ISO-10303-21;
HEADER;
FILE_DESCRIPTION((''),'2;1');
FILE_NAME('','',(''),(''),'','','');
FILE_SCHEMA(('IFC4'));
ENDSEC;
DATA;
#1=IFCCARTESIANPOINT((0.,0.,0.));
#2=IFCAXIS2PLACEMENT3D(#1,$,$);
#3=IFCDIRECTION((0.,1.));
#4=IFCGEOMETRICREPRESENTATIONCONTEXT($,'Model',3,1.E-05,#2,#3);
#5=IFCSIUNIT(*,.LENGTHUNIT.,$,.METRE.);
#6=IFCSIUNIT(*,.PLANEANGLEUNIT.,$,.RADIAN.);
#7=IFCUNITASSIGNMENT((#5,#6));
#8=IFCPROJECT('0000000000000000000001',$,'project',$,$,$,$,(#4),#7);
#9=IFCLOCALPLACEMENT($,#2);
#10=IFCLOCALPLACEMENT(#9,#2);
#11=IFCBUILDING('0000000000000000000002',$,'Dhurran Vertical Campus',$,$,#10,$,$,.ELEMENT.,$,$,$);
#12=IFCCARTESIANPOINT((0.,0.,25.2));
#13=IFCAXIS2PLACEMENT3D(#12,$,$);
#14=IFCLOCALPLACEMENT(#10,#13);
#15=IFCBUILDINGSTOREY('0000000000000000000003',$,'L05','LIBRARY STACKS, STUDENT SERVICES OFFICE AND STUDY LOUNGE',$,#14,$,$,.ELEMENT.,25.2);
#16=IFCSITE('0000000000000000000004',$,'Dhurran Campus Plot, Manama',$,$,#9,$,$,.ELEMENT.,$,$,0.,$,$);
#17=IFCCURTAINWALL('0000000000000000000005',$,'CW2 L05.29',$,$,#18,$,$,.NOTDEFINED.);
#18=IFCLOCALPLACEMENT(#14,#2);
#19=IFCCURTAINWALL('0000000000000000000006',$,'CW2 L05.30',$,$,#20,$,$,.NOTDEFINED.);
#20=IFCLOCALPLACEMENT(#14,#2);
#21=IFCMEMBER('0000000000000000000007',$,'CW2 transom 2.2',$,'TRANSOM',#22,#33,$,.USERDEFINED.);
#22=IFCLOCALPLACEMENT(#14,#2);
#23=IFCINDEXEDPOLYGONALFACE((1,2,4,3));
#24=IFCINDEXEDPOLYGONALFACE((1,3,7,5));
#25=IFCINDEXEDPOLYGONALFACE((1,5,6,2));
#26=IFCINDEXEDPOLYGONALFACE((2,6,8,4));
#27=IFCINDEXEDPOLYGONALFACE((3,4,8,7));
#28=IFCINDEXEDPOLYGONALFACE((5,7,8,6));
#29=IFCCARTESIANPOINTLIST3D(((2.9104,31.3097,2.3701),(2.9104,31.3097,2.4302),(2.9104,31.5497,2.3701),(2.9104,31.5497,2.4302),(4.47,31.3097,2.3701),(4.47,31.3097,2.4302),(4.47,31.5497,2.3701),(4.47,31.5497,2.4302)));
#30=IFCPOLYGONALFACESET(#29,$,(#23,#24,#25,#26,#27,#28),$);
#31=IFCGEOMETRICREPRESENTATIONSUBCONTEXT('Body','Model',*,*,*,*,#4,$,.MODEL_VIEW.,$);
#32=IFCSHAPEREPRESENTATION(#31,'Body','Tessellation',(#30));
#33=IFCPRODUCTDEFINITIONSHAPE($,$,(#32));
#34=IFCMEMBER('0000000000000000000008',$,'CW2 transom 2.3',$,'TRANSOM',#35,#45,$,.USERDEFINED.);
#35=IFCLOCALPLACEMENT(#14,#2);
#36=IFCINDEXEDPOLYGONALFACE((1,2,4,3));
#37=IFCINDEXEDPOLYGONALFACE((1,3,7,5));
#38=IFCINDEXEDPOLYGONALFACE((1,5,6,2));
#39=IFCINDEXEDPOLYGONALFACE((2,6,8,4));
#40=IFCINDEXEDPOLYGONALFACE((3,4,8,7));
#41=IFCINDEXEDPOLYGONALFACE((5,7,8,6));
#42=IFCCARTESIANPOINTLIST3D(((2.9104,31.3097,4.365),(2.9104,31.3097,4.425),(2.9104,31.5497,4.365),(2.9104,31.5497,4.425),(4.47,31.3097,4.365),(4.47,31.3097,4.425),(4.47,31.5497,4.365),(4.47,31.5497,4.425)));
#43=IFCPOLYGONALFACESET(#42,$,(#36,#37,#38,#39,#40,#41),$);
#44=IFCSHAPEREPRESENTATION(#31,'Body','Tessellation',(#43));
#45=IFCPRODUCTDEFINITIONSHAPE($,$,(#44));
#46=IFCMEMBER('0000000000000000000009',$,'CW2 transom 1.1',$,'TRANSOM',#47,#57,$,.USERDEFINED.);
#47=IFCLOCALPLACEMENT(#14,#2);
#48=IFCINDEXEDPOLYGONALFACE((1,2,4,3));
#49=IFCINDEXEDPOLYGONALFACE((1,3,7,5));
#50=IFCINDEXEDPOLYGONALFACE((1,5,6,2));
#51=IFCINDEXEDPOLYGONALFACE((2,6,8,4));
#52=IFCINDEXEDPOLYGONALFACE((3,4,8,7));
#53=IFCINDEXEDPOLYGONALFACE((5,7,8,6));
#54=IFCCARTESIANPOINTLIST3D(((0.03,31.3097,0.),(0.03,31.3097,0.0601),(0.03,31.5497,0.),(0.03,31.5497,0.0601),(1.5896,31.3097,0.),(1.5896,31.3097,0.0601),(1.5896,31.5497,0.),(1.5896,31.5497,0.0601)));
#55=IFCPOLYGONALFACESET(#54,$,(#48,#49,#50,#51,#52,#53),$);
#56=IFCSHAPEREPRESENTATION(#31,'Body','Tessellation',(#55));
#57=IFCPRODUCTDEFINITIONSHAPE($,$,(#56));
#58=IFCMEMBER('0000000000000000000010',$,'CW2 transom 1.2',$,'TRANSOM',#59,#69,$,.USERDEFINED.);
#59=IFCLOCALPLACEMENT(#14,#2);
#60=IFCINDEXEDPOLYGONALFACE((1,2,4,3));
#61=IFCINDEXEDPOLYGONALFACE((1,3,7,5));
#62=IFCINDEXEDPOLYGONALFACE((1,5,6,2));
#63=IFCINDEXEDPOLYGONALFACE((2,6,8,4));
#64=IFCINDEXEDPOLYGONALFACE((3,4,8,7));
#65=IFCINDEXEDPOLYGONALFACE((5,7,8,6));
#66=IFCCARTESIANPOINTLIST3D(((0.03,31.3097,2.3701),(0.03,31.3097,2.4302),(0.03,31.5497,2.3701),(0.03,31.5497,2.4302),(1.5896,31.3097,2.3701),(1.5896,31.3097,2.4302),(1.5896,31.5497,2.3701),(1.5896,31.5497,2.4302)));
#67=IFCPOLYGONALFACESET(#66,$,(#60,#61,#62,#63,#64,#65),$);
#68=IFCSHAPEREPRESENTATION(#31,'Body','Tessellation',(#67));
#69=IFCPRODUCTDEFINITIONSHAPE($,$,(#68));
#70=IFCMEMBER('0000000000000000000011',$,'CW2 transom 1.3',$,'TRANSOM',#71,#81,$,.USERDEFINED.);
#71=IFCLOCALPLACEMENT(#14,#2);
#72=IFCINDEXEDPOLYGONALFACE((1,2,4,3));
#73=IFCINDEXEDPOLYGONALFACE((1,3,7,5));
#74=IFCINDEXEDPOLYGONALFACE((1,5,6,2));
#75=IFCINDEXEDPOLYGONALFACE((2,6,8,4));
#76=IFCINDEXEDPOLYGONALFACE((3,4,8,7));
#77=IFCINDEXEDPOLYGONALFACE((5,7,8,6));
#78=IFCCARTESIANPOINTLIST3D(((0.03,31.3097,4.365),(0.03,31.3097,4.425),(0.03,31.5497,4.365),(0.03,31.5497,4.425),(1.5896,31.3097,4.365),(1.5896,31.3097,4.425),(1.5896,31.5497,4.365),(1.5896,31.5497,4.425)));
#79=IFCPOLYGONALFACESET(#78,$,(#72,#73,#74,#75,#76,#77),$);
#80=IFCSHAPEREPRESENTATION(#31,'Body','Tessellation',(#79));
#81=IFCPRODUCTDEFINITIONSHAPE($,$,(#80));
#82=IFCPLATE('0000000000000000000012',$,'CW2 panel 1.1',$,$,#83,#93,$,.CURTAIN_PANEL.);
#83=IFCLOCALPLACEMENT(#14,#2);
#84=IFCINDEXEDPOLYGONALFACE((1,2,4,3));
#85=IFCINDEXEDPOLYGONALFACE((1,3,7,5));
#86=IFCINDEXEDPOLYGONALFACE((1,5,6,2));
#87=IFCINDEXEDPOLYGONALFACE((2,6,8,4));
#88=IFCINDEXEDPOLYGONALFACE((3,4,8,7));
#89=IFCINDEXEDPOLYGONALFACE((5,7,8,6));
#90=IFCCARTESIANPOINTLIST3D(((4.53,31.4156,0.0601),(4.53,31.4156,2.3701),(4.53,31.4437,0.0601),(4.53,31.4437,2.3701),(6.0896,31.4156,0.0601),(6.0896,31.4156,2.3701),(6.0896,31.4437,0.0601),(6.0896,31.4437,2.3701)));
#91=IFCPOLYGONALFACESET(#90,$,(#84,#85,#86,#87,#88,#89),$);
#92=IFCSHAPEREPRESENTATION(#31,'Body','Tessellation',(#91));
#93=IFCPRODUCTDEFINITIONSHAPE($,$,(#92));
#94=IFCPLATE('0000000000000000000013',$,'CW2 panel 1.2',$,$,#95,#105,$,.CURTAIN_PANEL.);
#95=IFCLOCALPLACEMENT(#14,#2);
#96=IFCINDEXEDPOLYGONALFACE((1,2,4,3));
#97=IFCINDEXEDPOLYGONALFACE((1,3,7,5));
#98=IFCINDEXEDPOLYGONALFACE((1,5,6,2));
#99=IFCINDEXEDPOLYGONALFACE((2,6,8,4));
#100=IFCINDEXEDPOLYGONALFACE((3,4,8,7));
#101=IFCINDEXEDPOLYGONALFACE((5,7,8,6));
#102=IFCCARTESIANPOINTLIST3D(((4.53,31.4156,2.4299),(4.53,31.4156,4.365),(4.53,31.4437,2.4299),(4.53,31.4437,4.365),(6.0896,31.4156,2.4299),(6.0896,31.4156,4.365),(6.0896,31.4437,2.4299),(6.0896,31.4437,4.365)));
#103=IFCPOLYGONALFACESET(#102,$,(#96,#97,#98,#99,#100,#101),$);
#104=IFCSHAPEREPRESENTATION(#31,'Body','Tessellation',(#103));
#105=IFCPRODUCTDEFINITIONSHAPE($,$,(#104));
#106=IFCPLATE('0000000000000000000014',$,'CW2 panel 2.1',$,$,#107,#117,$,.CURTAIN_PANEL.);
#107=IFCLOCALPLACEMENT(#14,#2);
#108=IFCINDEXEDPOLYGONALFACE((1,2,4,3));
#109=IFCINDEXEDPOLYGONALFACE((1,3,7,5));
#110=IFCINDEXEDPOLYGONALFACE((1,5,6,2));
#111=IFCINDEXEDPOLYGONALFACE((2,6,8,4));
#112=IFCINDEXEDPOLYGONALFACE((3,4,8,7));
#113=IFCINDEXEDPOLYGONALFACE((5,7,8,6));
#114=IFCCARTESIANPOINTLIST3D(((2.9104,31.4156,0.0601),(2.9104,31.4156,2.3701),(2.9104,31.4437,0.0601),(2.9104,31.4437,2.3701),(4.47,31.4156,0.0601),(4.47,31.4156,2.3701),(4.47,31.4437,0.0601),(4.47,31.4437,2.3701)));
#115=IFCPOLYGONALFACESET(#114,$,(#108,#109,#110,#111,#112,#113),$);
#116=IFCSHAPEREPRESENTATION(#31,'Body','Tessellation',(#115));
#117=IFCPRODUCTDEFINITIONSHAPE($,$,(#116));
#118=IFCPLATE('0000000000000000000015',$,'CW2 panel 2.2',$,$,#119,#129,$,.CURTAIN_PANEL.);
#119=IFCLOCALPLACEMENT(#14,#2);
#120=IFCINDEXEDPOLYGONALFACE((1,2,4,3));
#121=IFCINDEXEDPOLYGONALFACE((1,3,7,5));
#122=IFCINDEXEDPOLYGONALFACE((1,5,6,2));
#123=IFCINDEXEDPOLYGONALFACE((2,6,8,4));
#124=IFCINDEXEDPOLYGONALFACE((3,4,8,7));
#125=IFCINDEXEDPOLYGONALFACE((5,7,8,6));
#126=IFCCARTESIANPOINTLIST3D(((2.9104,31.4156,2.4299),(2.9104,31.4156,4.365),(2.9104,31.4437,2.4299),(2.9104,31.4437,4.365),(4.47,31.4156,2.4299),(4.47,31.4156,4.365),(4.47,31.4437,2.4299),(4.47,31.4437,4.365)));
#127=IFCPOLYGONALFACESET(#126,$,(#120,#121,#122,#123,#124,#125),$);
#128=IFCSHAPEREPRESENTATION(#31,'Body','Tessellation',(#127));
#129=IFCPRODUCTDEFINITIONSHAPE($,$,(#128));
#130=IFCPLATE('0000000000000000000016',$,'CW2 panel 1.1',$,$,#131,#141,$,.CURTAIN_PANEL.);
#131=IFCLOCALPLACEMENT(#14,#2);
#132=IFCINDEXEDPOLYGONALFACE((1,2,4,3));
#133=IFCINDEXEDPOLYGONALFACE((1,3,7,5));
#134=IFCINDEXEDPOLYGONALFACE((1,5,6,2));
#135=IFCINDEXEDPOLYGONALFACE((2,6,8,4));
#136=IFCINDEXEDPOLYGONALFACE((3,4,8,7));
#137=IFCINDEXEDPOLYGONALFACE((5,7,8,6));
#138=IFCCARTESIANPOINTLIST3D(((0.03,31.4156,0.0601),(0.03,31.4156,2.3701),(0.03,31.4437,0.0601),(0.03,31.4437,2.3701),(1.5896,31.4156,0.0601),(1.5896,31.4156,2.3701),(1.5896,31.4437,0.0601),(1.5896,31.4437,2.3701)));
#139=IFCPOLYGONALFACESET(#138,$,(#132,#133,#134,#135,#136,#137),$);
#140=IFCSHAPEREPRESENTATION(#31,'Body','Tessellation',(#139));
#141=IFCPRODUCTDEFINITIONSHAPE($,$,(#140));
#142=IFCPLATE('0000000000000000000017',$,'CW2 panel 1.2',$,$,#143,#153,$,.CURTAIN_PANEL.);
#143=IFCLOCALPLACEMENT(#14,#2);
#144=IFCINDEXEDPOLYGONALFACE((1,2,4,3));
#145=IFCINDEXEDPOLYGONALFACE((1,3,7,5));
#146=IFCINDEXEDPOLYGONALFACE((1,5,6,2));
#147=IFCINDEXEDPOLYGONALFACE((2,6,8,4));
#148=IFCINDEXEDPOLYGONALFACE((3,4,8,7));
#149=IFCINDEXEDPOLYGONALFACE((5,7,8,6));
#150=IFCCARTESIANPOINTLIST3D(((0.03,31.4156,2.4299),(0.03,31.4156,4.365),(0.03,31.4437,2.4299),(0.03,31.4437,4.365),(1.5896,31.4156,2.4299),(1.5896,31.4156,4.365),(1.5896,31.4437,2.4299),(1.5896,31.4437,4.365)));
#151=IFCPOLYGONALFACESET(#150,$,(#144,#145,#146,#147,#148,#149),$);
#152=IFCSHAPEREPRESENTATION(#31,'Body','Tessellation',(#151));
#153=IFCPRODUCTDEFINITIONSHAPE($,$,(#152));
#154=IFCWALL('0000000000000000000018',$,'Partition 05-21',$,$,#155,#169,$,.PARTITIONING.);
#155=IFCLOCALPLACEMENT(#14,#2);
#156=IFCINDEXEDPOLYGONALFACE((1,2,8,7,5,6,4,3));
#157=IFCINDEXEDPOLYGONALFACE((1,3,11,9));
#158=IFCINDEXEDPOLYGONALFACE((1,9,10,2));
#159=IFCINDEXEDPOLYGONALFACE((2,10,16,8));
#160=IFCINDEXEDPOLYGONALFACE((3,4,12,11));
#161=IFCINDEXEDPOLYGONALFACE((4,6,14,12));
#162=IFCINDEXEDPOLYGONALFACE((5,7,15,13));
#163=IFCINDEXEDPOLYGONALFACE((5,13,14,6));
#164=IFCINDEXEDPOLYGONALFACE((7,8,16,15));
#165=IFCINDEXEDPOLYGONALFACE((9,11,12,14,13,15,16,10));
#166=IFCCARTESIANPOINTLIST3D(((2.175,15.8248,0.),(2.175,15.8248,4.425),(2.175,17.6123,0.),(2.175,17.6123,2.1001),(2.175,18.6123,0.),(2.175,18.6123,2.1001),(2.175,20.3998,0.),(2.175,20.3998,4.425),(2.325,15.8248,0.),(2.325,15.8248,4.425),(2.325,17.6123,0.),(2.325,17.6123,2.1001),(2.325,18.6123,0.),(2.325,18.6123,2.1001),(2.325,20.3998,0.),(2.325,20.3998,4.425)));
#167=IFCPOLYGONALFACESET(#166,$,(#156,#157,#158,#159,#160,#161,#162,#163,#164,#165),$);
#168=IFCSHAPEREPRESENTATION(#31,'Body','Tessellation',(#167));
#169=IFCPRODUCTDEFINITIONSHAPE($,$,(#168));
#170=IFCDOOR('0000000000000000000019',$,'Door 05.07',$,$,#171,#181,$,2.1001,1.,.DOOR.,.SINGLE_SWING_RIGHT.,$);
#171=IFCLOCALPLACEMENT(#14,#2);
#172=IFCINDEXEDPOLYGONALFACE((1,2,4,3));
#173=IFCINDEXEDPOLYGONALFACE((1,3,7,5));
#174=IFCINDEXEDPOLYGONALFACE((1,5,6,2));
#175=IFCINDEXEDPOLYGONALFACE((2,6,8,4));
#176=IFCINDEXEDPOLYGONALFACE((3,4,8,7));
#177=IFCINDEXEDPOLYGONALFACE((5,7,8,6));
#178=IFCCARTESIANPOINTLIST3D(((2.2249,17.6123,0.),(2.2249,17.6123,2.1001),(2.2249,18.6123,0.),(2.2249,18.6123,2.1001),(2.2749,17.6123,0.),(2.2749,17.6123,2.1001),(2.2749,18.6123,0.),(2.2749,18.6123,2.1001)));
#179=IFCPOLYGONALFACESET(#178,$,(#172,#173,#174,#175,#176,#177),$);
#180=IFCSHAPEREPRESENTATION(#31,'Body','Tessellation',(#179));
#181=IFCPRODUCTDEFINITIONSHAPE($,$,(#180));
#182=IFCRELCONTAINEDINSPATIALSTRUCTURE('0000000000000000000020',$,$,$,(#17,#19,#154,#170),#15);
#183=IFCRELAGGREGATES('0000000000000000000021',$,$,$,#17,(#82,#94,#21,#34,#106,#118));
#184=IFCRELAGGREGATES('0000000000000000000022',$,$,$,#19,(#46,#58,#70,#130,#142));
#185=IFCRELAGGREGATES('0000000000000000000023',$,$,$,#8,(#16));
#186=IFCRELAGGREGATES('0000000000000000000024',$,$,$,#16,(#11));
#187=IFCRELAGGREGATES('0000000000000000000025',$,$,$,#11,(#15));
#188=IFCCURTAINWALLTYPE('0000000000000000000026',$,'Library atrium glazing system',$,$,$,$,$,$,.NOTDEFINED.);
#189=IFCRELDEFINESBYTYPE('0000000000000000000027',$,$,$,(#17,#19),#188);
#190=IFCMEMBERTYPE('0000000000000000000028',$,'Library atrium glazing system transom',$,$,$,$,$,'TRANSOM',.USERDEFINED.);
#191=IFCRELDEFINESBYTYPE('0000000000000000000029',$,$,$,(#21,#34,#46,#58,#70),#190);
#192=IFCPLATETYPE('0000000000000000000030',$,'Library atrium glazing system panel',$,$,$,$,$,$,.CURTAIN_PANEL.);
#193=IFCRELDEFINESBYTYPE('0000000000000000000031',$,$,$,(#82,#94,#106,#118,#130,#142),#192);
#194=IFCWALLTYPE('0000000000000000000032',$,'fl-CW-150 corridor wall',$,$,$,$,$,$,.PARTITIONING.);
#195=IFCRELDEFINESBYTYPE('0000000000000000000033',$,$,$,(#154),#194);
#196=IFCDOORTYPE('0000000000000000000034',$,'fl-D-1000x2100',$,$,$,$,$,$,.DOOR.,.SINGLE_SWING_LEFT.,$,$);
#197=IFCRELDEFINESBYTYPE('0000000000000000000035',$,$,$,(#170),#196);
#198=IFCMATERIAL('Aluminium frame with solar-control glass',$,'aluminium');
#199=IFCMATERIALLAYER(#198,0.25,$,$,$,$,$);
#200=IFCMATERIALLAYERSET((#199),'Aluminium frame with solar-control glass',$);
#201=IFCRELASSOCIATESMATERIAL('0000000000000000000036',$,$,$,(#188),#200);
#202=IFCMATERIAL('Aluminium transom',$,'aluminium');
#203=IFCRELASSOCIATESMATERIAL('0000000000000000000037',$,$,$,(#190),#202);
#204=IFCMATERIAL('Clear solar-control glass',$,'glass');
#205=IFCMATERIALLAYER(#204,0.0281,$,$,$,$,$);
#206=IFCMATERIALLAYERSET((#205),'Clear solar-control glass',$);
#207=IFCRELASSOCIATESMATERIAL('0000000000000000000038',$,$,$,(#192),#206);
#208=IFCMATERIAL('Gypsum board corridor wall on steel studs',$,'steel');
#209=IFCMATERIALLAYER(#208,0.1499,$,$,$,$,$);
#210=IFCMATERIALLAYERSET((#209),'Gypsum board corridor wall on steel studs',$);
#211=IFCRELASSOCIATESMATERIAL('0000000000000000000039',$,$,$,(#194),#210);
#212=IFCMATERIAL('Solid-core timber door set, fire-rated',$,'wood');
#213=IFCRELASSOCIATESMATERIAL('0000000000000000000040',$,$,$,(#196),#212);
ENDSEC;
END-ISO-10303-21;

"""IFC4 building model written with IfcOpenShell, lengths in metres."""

from ifc_helpers import new_model, si_unit, direction, frame, frame_2d, origin, origin_2d, place, context, subcontext, project, spatial, rectangle, extrude, material, layer, layer_set, material_profile, profile_set, type_object, element, fill, aggregate, save


model = new_model("IFC4")

# Units and contexts
model_context = context("Model", 3, precision=1e-05, world=origin(), true_north=direction((0.0, 1.0)))
body_context = subcontext(model_context, "Body", "Model", "MODEL_VIEW")
ifc_project = project(units=[si_unit("LENGTHUNIT", "METRE"), si_unit("PLANEANGLEUNIT", "RADIAN")], contexts=[model_context])

# Site, building, storey
site_placement = place(None, origin())
site = spatial("IfcSite", under=ifc_project, at=site_placement, Name="Dhurran Campus Plot, Manama", CompositionType="ELEMENT", RefElevation=0.0)
building_placement = place(site_placement, origin())
building = spatial("IfcBuilding", under=site, at=building_placement, Name="Dhurran Vertical Campus", CompositionType="ELEMENT")
storey_placement = place(building_placement, frame((0.0, 0.0, 25.2)))
storey = spatial("IfcBuildingStorey", under=building, at=storey_placement, Name="L05", Description="LIBRARY STACKS, STUDENT SERVICES OFFICE AND STUDY LOUNGE", CompositionType="ELEMENT", Elevation=25.2)

# Curtain wall
ifc_material_1 = material(Name="Aluminium frame with solar-control glass", Category="aluminium")
ifc_layer_1 = layer(ifc_material_1, 0.25)
ifc_layer_set_1 = layer_set([ifc_layer_1], Name="Aluminium frame with solar-control glass")
curtain_wall_type = type_object("IfcCurtainWallType", Name="Library atrium glazing system", PredefinedType="NOTDEFINED", material=ifc_layer_set_1)
curtain_wall_1_placement = place(storey_placement, origin())
curtain_wall_1 = element("IfcCurtainWall", 1, at=curtain_wall_1_placement, inside=storey, type_object=curtain_wall_type, Name="CW2 L05.29", PredefinedType="NOTDEFINED")

# Curtain wall
curtain_wall_2_placement = place(storey_placement, origin())
curtain_wall_2 = element("IfcCurtainWall", 2, at=curtain_wall_2_placement, inside=storey, type_object=curtain_wall_type, Name="CW2 L05.30", PredefinedType="NOTDEFINED")

# Members
ifc_material_2 = material(Name="Aluminium transom", Category="aluminium")
ifc_material_profile_1 = material_profile(ifc_material_2, rectangle(XDim=0.24, YDim=0.0601, at=origin_2d()), Name="Library atrium glazing system transom")
ifc_profile_set_1 = profile_set([ifc_material_profile_1], Name="Aluminium transom")
member_type_1 = type_object("IfcMemberType", Name="Library atrium glazing system transom", ElementType="TRANSOM", PredefinedType="USERDEFINED", material=ifc_profile_set_1)
member_1_placement = place(storey_placement, frame((4.47, 31.4297, 2.4001), z_axis=(-1.0, 0.0, 0.0), x_axis=(0.0, -1.0, 0.0)))
member_1 = element("IfcMember", 3, at=member_1_placement, type_object=member_type_1, Name="CW2 transom 2.2", ObjectType="TRANSOM", PredefinedType="USERDEFINED", context=body_context, shape_type="SweptSolid", body=[
    extrude(rectangle(XDim=0.24, YDim=0.0601, at=origin_2d()), origin(), (0.0, 0.0, 1.0), 1.5596),
])
member_2_placement = place(storey_placement, frame((4.47, 31.4297, 4.395), z_axis=(-1.0, 0.0, 0.0), x_axis=(0.0, -1.0, 0.0)))
member_2 = element("IfcMember", 4, at=member_2_placement, type_object=member_type_1, Name="CW2 transom 2.3", ObjectType="TRANSOM", PredefinedType="USERDEFINED", context=body_context, shape_type="SweptSolid", body=[
    extrude(rectangle(XDim=0.24, YDim=0.0601, at=origin_2d()), origin(), (0.0, 0.0, 1.0), 1.5596),
])
member_3_placement = place(storey_placement, frame((1.5896, 31.4297, 0.03), z_axis=(-1.0, 0.0, 0.0), x_axis=(0.0, -1.0, 0.0)))
member_3 = element("IfcMember", 5, at=member_3_placement, type_object=member_type_1, Name="CW2 transom 1.1", ObjectType="TRANSOM", PredefinedType="USERDEFINED", context=body_context, shape_type="SweptSolid", body=[
    extrude(rectangle(XDim=0.24, YDim=0.0601, at=origin_2d()), origin(), (0.0, 0.0, 1.0), 1.5596),
])
member_4_placement = place(storey_placement, frame((1.5896, 31.4297, 2.4001), z_axis=(-1.0, 0.0, 0.0), x_axis=(0.0, -1.0, 0.0)))
member_4 = element("IfcMember", 6, at=member_4_placement, type_object=member_type_1, Name="CW2 transom 1.2", ObjectType="TRANSOM", PredefinedType="USERDEFINED", context=body_context, shape_type="SweptSolid", body=[
    extrude(rectangle(XDim=0.24, YDim=0.0601, at=origin_2d()), origin(), (0.0, 0.0, 1.0), 1.5596),
])
member_5_placement = place(storey_placement, frame((1.5896, 31.4297, 4.395), z_axis=(-1.0, 0.0, 0.0), x_axis=(0.0, -1.0, 0.0)))
member_5 = element("IfcMember", 7, at=member_5_placement, type_object=member_type_1, Name="CW2 transom 1.3", ObjectType="TRANSOM", PredefinedType="USERDEFINED", context=body_context, shape_type="SweptSolid", body=[
    extrude(rectangle(XDim=0.24, YDim=0.0601, at=origin_2d()), origin(), (0.0, 0.0, 1.0), 1.5596),
])

# Plates
ifc_material_3 = material(Name="Clear solar-control glass", Category="glass")
ifc_layer_2 = layer(ifc_material_3, 0.0281)
ifc_layer_set_2 = layer_set([ifc_layer_2], Name="Clear solar-control glass")
plate_type = type_object("IfcPlateType", Name="Library atrium glazing system panel", PredefinedType="CURTAIN_PANEL", material=ifc_layer_set_2)
plate_1_placement = place(storey_placement, frame((5.3098, 31.4297, 0.0601), z_axis=(0.0, 0.0, 1.0), x_axis=(-1.0, 0.0, 0.0)))
plate_1 = element("IfcPlate", 8, at=plate_1_placement, type_object=plate_type, Name="CW2 panel 1.1", PredefinedType="CURTAIN_PANEL", context=body_context, shape_type="SweptSolid", body=[
    extrude(rectangle(XDim=1.5596, YDim=0.0281, at=origin_2d()), origin(), (0.0, 0.0, 1.0), 2.3101),
])
plate_2_placement = place(storey_placement, frame((5.3098, 31.4297, 2.4299), z_axis=(0.0, 0.0, 1.0), x_axis=(-1.0, 0.0, 0.0)))
plate_2 = element("IfcPlate", 9, at=plate_2_placement, type_object=plate_type, Name="CW2 panel 1.2", PredefinedType="CURTAIN_PANEL", context=body_context, shape_type="SweptSolid", body=[
    extrude(rectangle(XDim=1.5596, YDim=0.0281, at=origin_2d()), origin(), (0.0, 0.0, 1.0), 1.9351),
])
plate_3_placement = place(storey_placement, frame((3.6902, 31.4297, 0.0601), z_axis=(0.0, 0.0, 1.0), x_axis=(-1.0, 0.0, 0.0)))
plate_3 = element("IfcPlate", 10, at=plate_3_placement, type_object=plate_type, Name="CW2 panel 2.1", PredefinedType="CURTAIN_PANEL", context=body_context, shape_type="SweptSolid", body=[
    extrude(rectangle(XDim=1.5596, YDim=0.0281, at=origin_2d()), origin(), (0.0, 0.0, 1.0), 2.3101),
])
plate_4_placement = place(storey_placement, frame((3.6902, 31.4297, 2.4299), z_axis=(0.0, 0.0, 1.0), x_axis=(-1.0, 0.0, 0.0)))
plate_4 = element("IfcPlate", 11, at=plate_4_placement, type_object=plate_type, Name="CW2 panel 2.2", PredefinedType="CURTAIN_PANEL", context=body_context, shape_type="SweptSolid", body=[
    extrude(rectangle(XDim=1.5596, YDim=0.0281, at=origin_2d()), origin(), (0.0, 0.0, 1.0), 1.9351),
])
aggregate(curtain_wall_1, [plate_1, plate_2, member_1, member_2, plate_3, plate_4])
plate_5_placement = place(storey_placement, frame((0.8098, 31.4297, 0.0601), z_axis=(0.0, 0.0, 1.0), x_axis=(-1.0, 0.0, 0.0)))
plate_5 = element("IfcPlate", 12, at=plate_5_placement, type_object=plate_type, Name="CW2 panel 1.1", PredefinedType="CURTAIN_PANEL", context=body_context, shape_type="SweptSolid", body=[
    extrude(rectangle(XDim=1.5596, YDim=0.0281, at=origin_2d()), origin(), (0.0, 0.0, 1.0), 2.3101),
])
plate_6_placement = place(storey_placement, frame((0.8098, 31.4297, 2.4299), z_axis=(0.0, 0.0, 1.0), x_axis=(-1.0, 0.0, 0.0)))
plate_6 = element("IfcPlate", 13, at=plate_6_placement, type_object=plate_type, Name="CW2 panel 1.2", PredefinedType="CURTAIN_PANEL", context=body_context, shape_type="SweptSolid", body=[
    extrude(rectangle(XDim=1.5596, YDim=0.0281, at=origin_2d()), origin(), (0.0, 0.0, 1.0), 1.9351),
])
aggregate(curtain_wall_2, [member_3, member_4, member_5, plate_5, plate_6])

# Wall, opening, door
ifc_material_4 = material(Name="Gypsum board corridor wall on steel studs", Category="steel")
ifc_layer_3 = layer(ifc_material_4, 0.1499)
ifc_layer_set_3 = layer_set([ifc_layer_3], Name="Gypsum board corridor wall on steel studs")
wall_type_1 = type_object("IfcWallType", Name="fl-CW-150 corridor wall", PredefinedType="PARTITIONING", material=ifc_layer_set_3)
wall_1_placement = place(storey_placement, frame((2.25, 20.3999, 0.0), z_axis=(0.0, 0.0, 1.0), x_axis=(0.0, -1.0, 0.0)))
wall_1 = element("IfcWall", 14, at=wall_1_placement, inside=storey, type_object=wall_type_1, Name="Partition 05-21", PredefinedType="PARTITIONING", context=body_context, shape_type="SweptSolid", body=[
    extrude(rectangle(XDim=4.575, YDim=0.1499, at=frame_2d((2.2876, 0.0))), origin(), (0.0, 0.0, 1.0), 4.425),
])
opening_1_placement = place(wall_1_placement, frame((1.7876, 0.0, 0.0)))
opening_1 = element("IfcOpeningElement", 15, at=opening_1_placement, cuts=wall_1, PredefinedType="OPENING", context=body_context, shape_type="SweptSolid", body=[
    extrude(rectangle(XDim=1.0, YDim=2.1001, at=frame_2d((0.5, 1.05))), frame((0.0, 0.085, 0.0), z_axis=(0.0, -1.0, 0.0), x_axis=(1.0, 0.0, 0.0)), (0.0, 0.0, 1.0), 0.1699),
])
ifc_material_5 = material(Name="Solid-core timber door set, fire-rated", Category="wood")
door_type = type_object("IfcDoorType", Name="fl-D-1000x2100", OperationType="SINGLE_SWING_LEFT", PredefinedType="DOOR", material=ifc_material_5)
door_1_placement = place(opening_1_placement, origin())
door_1 = element("IfcDoor", 16, at=door_1_placement, inside=storey, type_object=door_type, Name="Door 05.07", OperationType="SINGLE_SWING_RIGHT", OverallHeight=2.1001, OverallWidth=1.0, PredefinedType="DOOR", context=body_context, shape_type="SweptSolid", body=[
    extrude(rectangle(XDim=1.0, YDim=2.1001, at=frame_2d((0.5, 1.05))), frame((0.0, 0.0249, 0.0), z_axis=(0.0, -1.0, 0.0), x_axis=(1.0, 0.0, 0.0)), (0.0, 0.0, 1.0), 0.05),
])
fill(opening_1, door_1)

save(model, "model.ifc")
